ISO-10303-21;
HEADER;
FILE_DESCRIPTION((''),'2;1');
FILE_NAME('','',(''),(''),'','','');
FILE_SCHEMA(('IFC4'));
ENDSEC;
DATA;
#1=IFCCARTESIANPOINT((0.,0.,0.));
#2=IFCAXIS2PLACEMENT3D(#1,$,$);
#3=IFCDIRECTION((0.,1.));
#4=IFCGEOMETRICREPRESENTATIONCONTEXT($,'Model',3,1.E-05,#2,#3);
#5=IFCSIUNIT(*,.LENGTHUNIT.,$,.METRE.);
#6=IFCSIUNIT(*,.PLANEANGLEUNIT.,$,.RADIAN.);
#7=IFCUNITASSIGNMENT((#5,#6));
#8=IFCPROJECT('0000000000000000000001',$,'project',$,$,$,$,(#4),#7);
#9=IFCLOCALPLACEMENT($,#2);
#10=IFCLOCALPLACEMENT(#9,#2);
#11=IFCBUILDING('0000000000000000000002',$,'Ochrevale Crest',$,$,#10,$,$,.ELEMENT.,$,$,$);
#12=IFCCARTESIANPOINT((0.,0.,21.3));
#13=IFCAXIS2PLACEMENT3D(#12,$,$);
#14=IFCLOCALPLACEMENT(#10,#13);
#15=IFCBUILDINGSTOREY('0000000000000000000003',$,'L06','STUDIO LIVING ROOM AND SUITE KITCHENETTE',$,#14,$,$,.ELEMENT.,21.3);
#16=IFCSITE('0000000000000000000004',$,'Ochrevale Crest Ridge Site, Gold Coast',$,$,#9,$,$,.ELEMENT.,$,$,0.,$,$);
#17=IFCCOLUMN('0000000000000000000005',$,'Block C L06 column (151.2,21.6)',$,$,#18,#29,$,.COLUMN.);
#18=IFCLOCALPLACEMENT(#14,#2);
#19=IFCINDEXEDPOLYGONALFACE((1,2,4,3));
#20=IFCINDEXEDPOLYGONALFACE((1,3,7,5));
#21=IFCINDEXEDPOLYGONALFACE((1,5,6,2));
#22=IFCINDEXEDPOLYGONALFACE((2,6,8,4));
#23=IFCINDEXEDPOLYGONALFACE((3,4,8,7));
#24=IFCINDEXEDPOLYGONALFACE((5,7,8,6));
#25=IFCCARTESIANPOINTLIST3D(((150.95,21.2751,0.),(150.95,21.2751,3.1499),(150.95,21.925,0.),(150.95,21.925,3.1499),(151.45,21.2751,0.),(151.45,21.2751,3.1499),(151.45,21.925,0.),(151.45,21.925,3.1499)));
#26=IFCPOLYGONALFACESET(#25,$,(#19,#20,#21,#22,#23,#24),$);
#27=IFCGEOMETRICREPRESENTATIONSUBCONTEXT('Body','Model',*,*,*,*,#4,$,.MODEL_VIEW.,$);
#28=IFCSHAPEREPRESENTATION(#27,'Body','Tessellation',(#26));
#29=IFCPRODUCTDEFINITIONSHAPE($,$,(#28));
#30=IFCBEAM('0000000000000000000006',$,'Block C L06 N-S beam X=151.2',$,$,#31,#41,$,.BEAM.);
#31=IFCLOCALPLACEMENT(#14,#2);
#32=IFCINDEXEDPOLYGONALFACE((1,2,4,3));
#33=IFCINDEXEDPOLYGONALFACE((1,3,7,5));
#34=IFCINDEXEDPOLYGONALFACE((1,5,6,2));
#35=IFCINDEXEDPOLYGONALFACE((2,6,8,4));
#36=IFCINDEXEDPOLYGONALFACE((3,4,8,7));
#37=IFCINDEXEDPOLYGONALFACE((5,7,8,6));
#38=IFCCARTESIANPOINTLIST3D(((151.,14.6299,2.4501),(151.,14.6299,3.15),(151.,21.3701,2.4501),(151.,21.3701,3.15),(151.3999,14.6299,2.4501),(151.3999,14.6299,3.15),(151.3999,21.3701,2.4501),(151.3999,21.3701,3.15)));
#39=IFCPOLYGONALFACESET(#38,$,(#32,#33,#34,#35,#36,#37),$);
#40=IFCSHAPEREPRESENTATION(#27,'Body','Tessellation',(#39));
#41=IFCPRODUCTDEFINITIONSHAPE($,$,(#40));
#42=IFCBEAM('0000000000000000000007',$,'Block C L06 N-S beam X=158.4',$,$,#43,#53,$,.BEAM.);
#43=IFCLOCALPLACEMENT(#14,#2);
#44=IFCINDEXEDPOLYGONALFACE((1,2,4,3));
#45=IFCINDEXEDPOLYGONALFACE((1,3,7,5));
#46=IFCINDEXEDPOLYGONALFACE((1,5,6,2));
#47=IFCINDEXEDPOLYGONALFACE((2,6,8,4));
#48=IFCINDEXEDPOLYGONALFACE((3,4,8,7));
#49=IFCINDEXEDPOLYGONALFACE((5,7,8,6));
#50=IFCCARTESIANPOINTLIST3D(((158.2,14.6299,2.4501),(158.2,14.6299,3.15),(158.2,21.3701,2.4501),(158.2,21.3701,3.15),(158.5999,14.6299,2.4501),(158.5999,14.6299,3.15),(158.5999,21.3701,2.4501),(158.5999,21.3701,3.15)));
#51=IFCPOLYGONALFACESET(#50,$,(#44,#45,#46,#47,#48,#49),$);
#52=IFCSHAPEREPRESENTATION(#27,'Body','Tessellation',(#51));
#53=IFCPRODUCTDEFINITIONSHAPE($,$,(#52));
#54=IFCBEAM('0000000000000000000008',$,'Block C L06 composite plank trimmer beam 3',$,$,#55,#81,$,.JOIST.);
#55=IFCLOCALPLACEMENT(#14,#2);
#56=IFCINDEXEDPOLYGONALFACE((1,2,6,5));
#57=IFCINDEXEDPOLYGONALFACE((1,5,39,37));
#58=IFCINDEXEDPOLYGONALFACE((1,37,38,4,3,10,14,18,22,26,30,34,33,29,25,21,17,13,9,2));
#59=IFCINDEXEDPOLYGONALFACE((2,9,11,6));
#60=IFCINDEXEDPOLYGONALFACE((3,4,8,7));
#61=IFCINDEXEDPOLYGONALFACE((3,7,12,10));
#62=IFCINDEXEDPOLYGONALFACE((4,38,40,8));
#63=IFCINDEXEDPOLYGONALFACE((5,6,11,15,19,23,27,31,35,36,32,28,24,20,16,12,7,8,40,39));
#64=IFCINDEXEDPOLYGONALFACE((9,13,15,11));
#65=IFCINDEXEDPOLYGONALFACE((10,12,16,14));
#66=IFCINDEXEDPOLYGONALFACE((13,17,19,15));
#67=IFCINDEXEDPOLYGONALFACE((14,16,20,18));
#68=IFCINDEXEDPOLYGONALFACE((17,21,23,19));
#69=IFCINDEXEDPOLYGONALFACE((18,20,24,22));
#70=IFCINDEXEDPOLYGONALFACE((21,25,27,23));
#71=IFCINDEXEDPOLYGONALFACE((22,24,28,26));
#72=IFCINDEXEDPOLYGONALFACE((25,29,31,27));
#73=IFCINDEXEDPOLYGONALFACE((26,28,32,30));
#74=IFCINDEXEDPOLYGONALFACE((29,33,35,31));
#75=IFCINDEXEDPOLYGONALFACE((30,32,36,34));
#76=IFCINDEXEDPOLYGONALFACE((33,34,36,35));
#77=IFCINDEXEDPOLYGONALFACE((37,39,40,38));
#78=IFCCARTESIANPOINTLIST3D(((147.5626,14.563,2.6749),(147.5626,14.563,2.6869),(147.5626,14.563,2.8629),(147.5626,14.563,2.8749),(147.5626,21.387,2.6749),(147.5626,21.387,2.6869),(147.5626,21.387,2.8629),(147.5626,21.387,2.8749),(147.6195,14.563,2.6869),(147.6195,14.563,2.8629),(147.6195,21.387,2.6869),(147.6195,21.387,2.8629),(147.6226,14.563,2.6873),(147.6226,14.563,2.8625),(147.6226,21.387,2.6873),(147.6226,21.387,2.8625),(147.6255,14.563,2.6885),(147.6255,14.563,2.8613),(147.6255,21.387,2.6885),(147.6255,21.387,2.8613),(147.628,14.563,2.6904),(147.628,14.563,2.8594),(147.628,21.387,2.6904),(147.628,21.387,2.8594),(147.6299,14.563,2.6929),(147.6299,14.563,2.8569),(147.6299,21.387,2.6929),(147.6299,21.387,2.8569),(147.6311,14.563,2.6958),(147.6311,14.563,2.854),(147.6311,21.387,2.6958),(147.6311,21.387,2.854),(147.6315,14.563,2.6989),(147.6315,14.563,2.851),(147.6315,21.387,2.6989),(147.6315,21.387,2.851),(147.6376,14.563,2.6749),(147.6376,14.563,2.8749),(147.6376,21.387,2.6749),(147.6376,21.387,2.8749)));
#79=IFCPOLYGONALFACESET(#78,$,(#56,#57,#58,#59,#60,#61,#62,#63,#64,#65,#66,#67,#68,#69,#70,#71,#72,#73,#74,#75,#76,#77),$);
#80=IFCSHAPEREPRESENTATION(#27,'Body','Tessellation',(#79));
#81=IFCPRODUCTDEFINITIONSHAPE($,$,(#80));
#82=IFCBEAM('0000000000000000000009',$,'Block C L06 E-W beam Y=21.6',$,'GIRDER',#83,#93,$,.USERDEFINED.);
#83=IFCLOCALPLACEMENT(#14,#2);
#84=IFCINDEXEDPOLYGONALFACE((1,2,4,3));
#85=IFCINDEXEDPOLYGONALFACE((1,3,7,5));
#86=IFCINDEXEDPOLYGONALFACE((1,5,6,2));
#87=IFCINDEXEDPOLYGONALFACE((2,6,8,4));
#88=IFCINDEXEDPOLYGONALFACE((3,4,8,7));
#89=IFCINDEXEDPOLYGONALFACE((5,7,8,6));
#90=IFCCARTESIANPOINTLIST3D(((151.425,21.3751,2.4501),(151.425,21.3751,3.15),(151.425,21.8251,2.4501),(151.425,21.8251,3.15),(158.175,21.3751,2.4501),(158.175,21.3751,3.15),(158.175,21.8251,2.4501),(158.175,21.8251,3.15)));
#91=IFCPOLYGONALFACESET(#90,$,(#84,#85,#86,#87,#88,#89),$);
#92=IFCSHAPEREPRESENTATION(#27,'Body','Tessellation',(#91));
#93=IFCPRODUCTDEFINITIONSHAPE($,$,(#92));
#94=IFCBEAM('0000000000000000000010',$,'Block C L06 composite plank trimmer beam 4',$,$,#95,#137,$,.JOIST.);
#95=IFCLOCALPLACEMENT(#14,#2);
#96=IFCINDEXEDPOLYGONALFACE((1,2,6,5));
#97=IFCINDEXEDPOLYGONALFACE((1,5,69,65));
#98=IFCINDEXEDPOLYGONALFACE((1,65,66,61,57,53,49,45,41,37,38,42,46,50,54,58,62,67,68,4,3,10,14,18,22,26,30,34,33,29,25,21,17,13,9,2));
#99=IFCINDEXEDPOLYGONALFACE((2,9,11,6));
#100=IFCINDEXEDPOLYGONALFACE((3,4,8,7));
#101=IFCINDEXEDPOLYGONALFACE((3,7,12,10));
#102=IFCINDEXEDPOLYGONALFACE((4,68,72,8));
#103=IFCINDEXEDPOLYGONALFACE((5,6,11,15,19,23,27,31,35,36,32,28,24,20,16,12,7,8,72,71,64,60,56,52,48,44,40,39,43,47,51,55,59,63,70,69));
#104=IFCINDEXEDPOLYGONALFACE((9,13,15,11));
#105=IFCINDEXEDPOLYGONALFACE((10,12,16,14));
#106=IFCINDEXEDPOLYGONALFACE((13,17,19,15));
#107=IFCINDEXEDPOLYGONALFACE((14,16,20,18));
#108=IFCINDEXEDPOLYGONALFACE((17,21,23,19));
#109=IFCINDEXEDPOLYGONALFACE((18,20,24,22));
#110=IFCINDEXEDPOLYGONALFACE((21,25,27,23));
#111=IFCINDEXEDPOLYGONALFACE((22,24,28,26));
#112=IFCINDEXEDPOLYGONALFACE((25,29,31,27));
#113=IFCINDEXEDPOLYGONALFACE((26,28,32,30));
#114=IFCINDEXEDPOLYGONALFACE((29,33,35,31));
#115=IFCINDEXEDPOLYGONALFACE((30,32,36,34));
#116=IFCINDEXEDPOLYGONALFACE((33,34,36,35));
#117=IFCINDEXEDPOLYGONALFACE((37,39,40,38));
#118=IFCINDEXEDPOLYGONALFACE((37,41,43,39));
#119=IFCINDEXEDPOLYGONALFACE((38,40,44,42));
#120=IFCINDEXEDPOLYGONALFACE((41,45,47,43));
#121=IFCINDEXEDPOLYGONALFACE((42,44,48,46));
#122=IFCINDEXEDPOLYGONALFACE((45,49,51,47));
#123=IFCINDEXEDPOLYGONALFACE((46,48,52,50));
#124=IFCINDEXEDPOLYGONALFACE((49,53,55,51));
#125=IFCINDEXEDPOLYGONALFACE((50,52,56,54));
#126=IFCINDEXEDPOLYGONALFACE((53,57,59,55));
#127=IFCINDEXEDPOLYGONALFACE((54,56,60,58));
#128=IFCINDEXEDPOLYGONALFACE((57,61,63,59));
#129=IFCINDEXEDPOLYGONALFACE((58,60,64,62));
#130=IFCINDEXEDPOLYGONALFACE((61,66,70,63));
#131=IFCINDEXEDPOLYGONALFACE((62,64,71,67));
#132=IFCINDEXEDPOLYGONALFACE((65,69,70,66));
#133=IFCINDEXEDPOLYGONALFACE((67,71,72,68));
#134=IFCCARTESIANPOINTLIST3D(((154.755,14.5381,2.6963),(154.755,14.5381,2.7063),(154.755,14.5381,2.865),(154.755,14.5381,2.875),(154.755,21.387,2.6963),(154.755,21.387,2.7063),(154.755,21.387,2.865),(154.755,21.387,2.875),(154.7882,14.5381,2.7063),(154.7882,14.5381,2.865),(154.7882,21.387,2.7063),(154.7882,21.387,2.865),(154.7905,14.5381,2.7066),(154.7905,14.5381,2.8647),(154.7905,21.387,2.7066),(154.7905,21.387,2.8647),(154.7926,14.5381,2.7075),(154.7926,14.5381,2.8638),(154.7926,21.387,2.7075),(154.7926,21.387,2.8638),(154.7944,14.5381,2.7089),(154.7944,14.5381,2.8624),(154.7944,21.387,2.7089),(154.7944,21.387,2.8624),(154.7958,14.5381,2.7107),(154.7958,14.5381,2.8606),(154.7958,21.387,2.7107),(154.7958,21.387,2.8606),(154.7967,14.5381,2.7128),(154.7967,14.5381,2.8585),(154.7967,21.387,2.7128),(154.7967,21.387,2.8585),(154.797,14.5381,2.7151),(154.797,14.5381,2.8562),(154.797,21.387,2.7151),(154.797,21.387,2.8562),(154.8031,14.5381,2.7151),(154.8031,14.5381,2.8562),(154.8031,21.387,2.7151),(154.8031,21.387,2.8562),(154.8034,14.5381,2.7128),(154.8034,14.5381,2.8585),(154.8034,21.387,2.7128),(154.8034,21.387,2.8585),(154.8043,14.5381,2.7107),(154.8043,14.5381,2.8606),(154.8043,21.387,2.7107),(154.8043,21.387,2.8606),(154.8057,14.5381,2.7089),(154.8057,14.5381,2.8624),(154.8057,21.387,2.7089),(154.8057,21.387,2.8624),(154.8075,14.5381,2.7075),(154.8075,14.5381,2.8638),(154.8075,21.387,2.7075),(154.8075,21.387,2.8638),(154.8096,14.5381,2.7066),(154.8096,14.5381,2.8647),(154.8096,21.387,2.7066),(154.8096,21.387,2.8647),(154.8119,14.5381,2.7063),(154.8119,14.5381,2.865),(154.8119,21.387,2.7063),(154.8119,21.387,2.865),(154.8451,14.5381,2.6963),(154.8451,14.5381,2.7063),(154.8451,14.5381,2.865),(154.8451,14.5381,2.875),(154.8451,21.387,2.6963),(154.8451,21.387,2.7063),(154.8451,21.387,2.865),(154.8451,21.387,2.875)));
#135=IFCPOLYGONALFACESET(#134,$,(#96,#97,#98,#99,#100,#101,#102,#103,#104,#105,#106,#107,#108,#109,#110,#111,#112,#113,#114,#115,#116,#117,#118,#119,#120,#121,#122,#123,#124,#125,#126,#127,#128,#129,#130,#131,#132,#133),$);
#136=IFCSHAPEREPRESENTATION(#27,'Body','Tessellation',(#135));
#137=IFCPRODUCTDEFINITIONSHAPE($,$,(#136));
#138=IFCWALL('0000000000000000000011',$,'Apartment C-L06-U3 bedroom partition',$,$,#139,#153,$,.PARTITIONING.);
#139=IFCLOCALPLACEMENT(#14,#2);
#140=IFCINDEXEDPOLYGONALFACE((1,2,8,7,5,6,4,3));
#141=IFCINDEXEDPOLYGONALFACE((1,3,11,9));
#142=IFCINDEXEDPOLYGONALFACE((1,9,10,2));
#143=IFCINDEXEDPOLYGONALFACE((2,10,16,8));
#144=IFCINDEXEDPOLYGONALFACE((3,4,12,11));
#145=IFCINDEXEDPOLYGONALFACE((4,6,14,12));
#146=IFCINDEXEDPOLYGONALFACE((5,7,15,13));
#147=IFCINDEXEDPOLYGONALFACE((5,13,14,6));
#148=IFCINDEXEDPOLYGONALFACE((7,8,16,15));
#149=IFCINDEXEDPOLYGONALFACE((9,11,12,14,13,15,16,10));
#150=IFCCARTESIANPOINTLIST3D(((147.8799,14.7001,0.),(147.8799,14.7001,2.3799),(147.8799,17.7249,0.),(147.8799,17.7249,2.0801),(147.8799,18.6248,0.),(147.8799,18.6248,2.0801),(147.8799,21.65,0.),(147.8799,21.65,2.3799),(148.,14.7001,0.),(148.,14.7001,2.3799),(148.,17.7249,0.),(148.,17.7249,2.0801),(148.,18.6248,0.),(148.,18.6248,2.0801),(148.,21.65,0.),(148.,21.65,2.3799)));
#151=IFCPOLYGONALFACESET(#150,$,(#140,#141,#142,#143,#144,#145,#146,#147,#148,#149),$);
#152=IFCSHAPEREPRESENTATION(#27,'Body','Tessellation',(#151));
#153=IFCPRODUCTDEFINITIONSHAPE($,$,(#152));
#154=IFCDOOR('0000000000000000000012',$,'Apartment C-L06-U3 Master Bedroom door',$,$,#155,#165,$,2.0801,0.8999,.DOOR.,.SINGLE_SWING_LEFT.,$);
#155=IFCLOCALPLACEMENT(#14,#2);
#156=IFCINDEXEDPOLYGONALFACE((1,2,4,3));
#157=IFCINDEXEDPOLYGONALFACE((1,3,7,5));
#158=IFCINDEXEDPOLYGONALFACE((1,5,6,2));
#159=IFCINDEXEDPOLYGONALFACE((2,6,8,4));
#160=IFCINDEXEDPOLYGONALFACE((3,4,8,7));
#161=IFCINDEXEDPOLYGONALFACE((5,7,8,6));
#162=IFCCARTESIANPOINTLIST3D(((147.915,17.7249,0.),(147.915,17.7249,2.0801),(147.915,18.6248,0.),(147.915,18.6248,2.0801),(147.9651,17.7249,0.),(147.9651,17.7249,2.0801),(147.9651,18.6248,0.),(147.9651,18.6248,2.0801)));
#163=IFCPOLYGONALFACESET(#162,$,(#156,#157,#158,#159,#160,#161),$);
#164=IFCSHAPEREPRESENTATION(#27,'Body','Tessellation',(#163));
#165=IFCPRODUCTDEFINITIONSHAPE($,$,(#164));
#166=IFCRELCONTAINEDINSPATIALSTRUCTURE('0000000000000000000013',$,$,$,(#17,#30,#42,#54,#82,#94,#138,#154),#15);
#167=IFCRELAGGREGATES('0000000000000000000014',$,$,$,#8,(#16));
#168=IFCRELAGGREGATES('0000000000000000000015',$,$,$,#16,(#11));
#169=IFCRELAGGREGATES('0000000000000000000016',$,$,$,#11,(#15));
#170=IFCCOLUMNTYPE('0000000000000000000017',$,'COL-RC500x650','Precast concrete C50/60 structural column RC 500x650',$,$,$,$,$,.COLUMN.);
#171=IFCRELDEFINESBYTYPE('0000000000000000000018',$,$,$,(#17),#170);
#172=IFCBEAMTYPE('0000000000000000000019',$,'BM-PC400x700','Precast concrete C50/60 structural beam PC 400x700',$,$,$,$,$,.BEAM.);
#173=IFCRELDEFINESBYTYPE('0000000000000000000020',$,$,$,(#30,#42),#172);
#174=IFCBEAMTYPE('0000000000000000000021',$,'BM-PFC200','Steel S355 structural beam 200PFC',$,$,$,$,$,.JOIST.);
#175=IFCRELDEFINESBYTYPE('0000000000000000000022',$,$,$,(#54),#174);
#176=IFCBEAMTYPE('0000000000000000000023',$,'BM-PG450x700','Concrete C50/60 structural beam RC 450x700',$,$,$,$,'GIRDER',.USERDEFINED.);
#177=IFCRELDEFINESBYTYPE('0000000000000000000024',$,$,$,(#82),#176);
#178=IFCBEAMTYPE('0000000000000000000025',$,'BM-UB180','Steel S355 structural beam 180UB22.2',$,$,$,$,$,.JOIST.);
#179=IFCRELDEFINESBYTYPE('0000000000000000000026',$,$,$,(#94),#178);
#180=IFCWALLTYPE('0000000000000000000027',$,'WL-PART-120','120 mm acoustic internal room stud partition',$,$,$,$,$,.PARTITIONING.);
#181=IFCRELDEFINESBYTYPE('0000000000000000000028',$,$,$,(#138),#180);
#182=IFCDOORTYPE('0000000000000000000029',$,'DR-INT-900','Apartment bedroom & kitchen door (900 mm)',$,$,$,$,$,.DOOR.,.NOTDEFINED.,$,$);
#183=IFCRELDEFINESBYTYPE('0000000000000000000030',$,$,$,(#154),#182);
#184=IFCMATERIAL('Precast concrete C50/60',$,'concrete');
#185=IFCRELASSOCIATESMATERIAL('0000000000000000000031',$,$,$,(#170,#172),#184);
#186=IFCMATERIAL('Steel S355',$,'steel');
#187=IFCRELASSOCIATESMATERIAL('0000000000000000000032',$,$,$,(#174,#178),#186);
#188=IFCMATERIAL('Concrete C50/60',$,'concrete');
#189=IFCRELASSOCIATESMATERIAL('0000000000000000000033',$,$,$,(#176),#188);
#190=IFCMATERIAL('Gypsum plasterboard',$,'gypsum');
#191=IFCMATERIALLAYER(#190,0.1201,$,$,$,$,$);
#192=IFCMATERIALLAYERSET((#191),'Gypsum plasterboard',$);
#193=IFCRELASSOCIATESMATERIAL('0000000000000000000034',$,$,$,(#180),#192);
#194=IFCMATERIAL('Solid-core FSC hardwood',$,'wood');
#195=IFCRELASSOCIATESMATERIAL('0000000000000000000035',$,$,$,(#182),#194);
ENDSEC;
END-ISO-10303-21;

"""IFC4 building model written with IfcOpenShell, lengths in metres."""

from ifc_helpers import new_model, si_unit, direction, frame, frame_2d, origin, origin_2d, place, context, subcontext, project, spatial, rectangle, i_section, u_section, extrude, material, layer, layer_set, material_profile, profile_set, type_object, element, fill, save


model = new_model("IFC4")

# Units and contexts
model_context = context("Model", 3, precision=1e-05, world=origin(), true_north=direction((0.0, 1.0)))
body_context = subcontext(model_context, "Body", "Model", "MODEL_VIEW")
ifc_project = project(units=[si_unit("LENGTHUNIT", "METRE"), si_unit("PLANEANGLEUNIT", "RADIAN")], contexts=[model_context])

# Site, building, storey
site_placement = place(None, origin())
site = spatial("IfcSite", under=ifc_project, at=site_placement, Name="Ochrevale Crest Ridge Site, Gold Coast", CompositionType="ELEMENT", RefElevation=0.0)
building_placement = place(site_placement, origin())
building = spatial("IfcBuilding", under=site, at=building_placement, Name="Ochrevale Crest", CompositionType="ELEMENT")
storey_placement = place(building_placement, frame((0.0, 0.0, 21.3)))
storey = spatial("IfcBuildingStorey", under=building, at=storey_placement, Name="L06", Description="STUDIO LIVING ROOM AND SUITE KITCHENETTE", CompositionType="ELEMENT", Elevation=21.3)

# Column
ifc_material_1 = material(Name="Precast concrete C50/60", Category="concrete")
ifc_material_profile_1 = material_profile(ifc_material_1, rectangle(XDim=0.5, YDim=0.6499, at=origin_2d()), Name="RC 500x650")
ifc_profile_set_1 = profile_set([ifc_material_profile_1], Name="Precast concrete C50/60")
column_type = type_object("IfcColumnType", Name="COL-RC500x650", Description="Precast concrete C50/60 structural column RC 500x650", PredefinedType="COLUMN", material=ifc_profile_set_1)
column_placement = place(storey_placement, frame((151.2, 21.6001, 0.0), z_axis=(0.0, 0.0, 1.0), x_axis=(1.0, 0.0, 0.0)))
element("IfcColumn", 1, at=column_placement, inside=storey, type_object=column_type, Name="Block C L06 column (151.2,21.6)", PredefinedType="COLUMN", context=body_context, shape_type="SweptSolid", body=[
    extrude(rectangle(XDim=0.5, YDim=0.6499, at=origin_2d()), origin(), (0.0, 0.0, 1.0), 3.1499),
])

# Beams
ifc_material_profile_2 = material_profile(ifc_material_1, rectangle(XDim=0.3999, YDim=0.7, at=origin_2d()), Name="PC 400x700")
ifc_profile_set_2 = profile_set([ifc_material_profile_2], Name="Precast concrete C50/60")
beam_type_1 = type_object("IfcBeamType", Name="BM-PC400x700", Description="Precast concrete C50/60 structural beam PC 400x700", PredefinedType="BEAM", material=ifc_profile_set_2)
for number, where, z_axis, x_axis, name in (
    (2, (151.2, 14.6299, 2.8), (0.0, 1.0, 0.0), (-1.0, 0.0, 0.0), "Block C L06 N-S beam X=151.2"),
    (3, (158.3999, 14.6299, 2.8), (0.0, 1.0, 0.0), (-1.0, 0.0, 0.0), "Block C L06 N-S beam X=158.4"),
):
    element("IfcBeam", number, at=place(storey_placement, frame(where, z_axis=z_axis, x_axis=x_axis)), inside=storey, type_object=beam_type_1, Name=name, PredefinedType="BEAM", context=body_context, shape_type="SweptSolid", body=[
        extrude(rectangle(XDim=0.3999, YDim=0.7, at=origin_2d()), origin(), (0.0, 0.0, 1.0), 6.7402),
    ])
ifc_material_2 = material(Name="Steel S355", Category="steel")
ifc_material_profile_3 = material_profile(ifc_material_2, u_section(Depth=0.2, FlangeWidth=0.075, WebThickness=0.0061, FlangeThickness=0.012, FilletRadius=0.012, at=origin_2d()), Name="200PFC")
ifc_profile_set_3 = profile_set([ifc_material_profile_3], Name="Steel S355")
beam_type_2 = type_object("IfcBeamType", Name="BM-PFC200", Description="Steel S355 structural beam 200PFC", PredefinedType="JOIST", material=ifc_profile_set_3)
beam_1_placement = place(storey_placement, frame((147.6001, 14.563, 2.7749), z_axis=(0.0, 1.0, 0.0), x_axis=(-1.0, 0.0, 0.0)))
element("IfcBeam", 4, at=beam_1_placement, inside=storey, type_object=beam_type_2, Name="Block C L06 composite plank trimmer beam 3", PredefinedType="JOIST", context=body_context, shape_type="SweptSolid", body=[
    extrude(u_section(Depth=0.2, FlangeWidth=0.075, WebThickness=0.0061, FlangeThickness=0.012, FilletRadius=0.012, at=origin_2d()), origin(), (0.0, 0.0, 1.0), 6.824),
])
ifc_material_3 = material(Name="Concrete C50/60", Category="concrete")
ifc_material_profile_4 = material_profile(ifc_material_3, rectangle(XDim=0.45, YDim=0.7, at=origin_2d()), Name="RC 450x700")
ifc_profile_set_4 = profile_set([ifc_material_profile_4], Name="Concrete C50/60")
beam_type_3 = type_object("IfcBeamType", Name="BM-PG450x700", Description="Concrete C50/60 structural beam RC 450x700", ElementType="GIRDER", PredefinedType="USERDEFINED", material=ifc_profile_set_4)
beam_2_placement = place(storey_placement, frame((151.425, 21.6001, 2.8), z_axis=(1.0, 0.0, 0.0), x_axis=(0.0, 1.0, 0.0)))
element("IfcBeam", 5, at=beam_2_placement, inside=storey, type_object=beam_type_3, Name="Block C L06 E-W beam Y=21.6", ObjectType="GIRDER", PredefinedType="USERDEFINED", context=body_context, shape_type="SweptSolid", body=[
    extrude(rectangle(XDim=0.45, YDim=0.7, at=origin_2d()), origin(), (0.0, 0.0, 1.0), 6.75),
])
ifc_material_profile_5 = material_profile(ifc_material_2, i_section(OverallWidth=0.0901, OverallDepth=0.1787, WebThickness=0.0061, FlangeThickness=0.01, FilletRadius=0.0088, at=origin_2d()), Name="180UB22.2")
ifc_profile_set_5 = profile_set([ifc_material_profile_5], Name="Steel S355")
beam_type_4 = type_object("IfcBeamType", Name="BM-UB180", Description="Steel S355 structural beam 180UB22.2", PredefinedType="JOIST", material=ifc_profile_set_5)
beam_3_placement = place(storey_placement, frame((154.8, 14.5381, 2.7856), z_axis=(0.0, 1.0, 0.0), x_axis=(-1.0, 0.0, 0.0)))
element("IfcBeam", 6, at=beam_3_placement, inside=storey, type_object=beam_type_4, Name="Block C L06 composite plank trimmer beam 4", PredefinedType="JOIST", context=body_context, shape_type="SweptSolid", body=[
    extrude(i_section(OverallWidth=0.0901, OverallDepth=0.1787, WebThickness=0.0061, FlangeThickness=0.01, FilletRadius=0.0088, at=origin_2d()), origin(), (0.0, 0.0, 1.0), 6.8489),
])

# Wall, opening, door
ifc_material_4 = material(Name="Gypsum plasterboard", Category="gypsum")
ifc_layer_1 = layer(ifc_material_4, 0.1201)
ifc_layer_set_1 = layer_set([ifc_layer_1], Name="Gypsum plasterboard")
wall_type_1 = type_object("IfcWallType", Name="WL-PART-120", Description="120 mm acoustic internal room stud partition", PredefinedType="PARTITIONING", material=ifc_layer_set_1)
wall_1_placement = place(storey_placement, frame((147.9399, 14.7, 0.0), z_axis=(0.0, 0.0, 1.0), x_axis=(0.0, 1.0, 0.0)))
wall_1 = element("IfcWall", 7, at=wall_1_placement, inside=storey, type_object=wall_type_1, Name="Apartment C-L06-U3 bedroom partition", PredefinedType="PARTITIONING", context=body_context, shape_type="SweptSolid", body=[
    extrude(rectangle(XDim=6.95, YDim=0.1201, at=frame_2d((3.4751, 0.0))), origin(), (0.0, 0.0, 1.0), 2.3799),
])
opening_1_placement = place(wall_1_placement, frame((3.0249, 0.0, 0.0)))
opening_1 = element("IfcOpeningElement", 8, at=opening_1_placement, cuts=wall_1, PredefinedType="OPENING", context=body_context, shape_type="SweptSolid", body=[
    extrude(rectangle(XDim=0.8999, YDim=2.0801, at=frame_2d((0.45, 1.04))), frame((0.0, 0.0701, 0.0), z_axis=(0.0, -1.0, 0.0), x_axis=(1.0, 0.0, 0.0)), (0.0, 0.0, 1.0), 0.1401),
])
ifc_material_5 = material(Name="Solid-core FSC hardwood", Category="wood")
door_type = type_object("IfcDoorType", Name="DR-INT-900", Description="Apartment bedroom & kitchen door (900 mm)", OperationType="NOTDEFINED", PredefinedType="DOOR", material=ifc_material_5)
door_1_placement = place(opening_1_placement, origin())
door_1 = element("IfcDoor", 9, at=door_1_placement, inside=storey, type_object=door_type, Name="Apartment C-L06-U3 Master Bedroom door", OperationType="SINGLE_SWING_LEFT", OverallHeight=2.0801, OverallWidth=0.8999, PredefinedType="DOOR", context=body_context, shape_type="SweptSolid", body=[
    extrude(rectangle(XDim=0.8999, YDim=2.0801, at=frame_2d((0.45, 1.04))), frame((0.0, 0.0249, 0.0), z_axis=(0.0, -1.0, 0.0), x_axis=(1.0, 0.0, 0.0)), (0.0, 0.0, 1.0), 0.05),
])
fill(opening_1, door_1)

save(model, "model.ifc")
